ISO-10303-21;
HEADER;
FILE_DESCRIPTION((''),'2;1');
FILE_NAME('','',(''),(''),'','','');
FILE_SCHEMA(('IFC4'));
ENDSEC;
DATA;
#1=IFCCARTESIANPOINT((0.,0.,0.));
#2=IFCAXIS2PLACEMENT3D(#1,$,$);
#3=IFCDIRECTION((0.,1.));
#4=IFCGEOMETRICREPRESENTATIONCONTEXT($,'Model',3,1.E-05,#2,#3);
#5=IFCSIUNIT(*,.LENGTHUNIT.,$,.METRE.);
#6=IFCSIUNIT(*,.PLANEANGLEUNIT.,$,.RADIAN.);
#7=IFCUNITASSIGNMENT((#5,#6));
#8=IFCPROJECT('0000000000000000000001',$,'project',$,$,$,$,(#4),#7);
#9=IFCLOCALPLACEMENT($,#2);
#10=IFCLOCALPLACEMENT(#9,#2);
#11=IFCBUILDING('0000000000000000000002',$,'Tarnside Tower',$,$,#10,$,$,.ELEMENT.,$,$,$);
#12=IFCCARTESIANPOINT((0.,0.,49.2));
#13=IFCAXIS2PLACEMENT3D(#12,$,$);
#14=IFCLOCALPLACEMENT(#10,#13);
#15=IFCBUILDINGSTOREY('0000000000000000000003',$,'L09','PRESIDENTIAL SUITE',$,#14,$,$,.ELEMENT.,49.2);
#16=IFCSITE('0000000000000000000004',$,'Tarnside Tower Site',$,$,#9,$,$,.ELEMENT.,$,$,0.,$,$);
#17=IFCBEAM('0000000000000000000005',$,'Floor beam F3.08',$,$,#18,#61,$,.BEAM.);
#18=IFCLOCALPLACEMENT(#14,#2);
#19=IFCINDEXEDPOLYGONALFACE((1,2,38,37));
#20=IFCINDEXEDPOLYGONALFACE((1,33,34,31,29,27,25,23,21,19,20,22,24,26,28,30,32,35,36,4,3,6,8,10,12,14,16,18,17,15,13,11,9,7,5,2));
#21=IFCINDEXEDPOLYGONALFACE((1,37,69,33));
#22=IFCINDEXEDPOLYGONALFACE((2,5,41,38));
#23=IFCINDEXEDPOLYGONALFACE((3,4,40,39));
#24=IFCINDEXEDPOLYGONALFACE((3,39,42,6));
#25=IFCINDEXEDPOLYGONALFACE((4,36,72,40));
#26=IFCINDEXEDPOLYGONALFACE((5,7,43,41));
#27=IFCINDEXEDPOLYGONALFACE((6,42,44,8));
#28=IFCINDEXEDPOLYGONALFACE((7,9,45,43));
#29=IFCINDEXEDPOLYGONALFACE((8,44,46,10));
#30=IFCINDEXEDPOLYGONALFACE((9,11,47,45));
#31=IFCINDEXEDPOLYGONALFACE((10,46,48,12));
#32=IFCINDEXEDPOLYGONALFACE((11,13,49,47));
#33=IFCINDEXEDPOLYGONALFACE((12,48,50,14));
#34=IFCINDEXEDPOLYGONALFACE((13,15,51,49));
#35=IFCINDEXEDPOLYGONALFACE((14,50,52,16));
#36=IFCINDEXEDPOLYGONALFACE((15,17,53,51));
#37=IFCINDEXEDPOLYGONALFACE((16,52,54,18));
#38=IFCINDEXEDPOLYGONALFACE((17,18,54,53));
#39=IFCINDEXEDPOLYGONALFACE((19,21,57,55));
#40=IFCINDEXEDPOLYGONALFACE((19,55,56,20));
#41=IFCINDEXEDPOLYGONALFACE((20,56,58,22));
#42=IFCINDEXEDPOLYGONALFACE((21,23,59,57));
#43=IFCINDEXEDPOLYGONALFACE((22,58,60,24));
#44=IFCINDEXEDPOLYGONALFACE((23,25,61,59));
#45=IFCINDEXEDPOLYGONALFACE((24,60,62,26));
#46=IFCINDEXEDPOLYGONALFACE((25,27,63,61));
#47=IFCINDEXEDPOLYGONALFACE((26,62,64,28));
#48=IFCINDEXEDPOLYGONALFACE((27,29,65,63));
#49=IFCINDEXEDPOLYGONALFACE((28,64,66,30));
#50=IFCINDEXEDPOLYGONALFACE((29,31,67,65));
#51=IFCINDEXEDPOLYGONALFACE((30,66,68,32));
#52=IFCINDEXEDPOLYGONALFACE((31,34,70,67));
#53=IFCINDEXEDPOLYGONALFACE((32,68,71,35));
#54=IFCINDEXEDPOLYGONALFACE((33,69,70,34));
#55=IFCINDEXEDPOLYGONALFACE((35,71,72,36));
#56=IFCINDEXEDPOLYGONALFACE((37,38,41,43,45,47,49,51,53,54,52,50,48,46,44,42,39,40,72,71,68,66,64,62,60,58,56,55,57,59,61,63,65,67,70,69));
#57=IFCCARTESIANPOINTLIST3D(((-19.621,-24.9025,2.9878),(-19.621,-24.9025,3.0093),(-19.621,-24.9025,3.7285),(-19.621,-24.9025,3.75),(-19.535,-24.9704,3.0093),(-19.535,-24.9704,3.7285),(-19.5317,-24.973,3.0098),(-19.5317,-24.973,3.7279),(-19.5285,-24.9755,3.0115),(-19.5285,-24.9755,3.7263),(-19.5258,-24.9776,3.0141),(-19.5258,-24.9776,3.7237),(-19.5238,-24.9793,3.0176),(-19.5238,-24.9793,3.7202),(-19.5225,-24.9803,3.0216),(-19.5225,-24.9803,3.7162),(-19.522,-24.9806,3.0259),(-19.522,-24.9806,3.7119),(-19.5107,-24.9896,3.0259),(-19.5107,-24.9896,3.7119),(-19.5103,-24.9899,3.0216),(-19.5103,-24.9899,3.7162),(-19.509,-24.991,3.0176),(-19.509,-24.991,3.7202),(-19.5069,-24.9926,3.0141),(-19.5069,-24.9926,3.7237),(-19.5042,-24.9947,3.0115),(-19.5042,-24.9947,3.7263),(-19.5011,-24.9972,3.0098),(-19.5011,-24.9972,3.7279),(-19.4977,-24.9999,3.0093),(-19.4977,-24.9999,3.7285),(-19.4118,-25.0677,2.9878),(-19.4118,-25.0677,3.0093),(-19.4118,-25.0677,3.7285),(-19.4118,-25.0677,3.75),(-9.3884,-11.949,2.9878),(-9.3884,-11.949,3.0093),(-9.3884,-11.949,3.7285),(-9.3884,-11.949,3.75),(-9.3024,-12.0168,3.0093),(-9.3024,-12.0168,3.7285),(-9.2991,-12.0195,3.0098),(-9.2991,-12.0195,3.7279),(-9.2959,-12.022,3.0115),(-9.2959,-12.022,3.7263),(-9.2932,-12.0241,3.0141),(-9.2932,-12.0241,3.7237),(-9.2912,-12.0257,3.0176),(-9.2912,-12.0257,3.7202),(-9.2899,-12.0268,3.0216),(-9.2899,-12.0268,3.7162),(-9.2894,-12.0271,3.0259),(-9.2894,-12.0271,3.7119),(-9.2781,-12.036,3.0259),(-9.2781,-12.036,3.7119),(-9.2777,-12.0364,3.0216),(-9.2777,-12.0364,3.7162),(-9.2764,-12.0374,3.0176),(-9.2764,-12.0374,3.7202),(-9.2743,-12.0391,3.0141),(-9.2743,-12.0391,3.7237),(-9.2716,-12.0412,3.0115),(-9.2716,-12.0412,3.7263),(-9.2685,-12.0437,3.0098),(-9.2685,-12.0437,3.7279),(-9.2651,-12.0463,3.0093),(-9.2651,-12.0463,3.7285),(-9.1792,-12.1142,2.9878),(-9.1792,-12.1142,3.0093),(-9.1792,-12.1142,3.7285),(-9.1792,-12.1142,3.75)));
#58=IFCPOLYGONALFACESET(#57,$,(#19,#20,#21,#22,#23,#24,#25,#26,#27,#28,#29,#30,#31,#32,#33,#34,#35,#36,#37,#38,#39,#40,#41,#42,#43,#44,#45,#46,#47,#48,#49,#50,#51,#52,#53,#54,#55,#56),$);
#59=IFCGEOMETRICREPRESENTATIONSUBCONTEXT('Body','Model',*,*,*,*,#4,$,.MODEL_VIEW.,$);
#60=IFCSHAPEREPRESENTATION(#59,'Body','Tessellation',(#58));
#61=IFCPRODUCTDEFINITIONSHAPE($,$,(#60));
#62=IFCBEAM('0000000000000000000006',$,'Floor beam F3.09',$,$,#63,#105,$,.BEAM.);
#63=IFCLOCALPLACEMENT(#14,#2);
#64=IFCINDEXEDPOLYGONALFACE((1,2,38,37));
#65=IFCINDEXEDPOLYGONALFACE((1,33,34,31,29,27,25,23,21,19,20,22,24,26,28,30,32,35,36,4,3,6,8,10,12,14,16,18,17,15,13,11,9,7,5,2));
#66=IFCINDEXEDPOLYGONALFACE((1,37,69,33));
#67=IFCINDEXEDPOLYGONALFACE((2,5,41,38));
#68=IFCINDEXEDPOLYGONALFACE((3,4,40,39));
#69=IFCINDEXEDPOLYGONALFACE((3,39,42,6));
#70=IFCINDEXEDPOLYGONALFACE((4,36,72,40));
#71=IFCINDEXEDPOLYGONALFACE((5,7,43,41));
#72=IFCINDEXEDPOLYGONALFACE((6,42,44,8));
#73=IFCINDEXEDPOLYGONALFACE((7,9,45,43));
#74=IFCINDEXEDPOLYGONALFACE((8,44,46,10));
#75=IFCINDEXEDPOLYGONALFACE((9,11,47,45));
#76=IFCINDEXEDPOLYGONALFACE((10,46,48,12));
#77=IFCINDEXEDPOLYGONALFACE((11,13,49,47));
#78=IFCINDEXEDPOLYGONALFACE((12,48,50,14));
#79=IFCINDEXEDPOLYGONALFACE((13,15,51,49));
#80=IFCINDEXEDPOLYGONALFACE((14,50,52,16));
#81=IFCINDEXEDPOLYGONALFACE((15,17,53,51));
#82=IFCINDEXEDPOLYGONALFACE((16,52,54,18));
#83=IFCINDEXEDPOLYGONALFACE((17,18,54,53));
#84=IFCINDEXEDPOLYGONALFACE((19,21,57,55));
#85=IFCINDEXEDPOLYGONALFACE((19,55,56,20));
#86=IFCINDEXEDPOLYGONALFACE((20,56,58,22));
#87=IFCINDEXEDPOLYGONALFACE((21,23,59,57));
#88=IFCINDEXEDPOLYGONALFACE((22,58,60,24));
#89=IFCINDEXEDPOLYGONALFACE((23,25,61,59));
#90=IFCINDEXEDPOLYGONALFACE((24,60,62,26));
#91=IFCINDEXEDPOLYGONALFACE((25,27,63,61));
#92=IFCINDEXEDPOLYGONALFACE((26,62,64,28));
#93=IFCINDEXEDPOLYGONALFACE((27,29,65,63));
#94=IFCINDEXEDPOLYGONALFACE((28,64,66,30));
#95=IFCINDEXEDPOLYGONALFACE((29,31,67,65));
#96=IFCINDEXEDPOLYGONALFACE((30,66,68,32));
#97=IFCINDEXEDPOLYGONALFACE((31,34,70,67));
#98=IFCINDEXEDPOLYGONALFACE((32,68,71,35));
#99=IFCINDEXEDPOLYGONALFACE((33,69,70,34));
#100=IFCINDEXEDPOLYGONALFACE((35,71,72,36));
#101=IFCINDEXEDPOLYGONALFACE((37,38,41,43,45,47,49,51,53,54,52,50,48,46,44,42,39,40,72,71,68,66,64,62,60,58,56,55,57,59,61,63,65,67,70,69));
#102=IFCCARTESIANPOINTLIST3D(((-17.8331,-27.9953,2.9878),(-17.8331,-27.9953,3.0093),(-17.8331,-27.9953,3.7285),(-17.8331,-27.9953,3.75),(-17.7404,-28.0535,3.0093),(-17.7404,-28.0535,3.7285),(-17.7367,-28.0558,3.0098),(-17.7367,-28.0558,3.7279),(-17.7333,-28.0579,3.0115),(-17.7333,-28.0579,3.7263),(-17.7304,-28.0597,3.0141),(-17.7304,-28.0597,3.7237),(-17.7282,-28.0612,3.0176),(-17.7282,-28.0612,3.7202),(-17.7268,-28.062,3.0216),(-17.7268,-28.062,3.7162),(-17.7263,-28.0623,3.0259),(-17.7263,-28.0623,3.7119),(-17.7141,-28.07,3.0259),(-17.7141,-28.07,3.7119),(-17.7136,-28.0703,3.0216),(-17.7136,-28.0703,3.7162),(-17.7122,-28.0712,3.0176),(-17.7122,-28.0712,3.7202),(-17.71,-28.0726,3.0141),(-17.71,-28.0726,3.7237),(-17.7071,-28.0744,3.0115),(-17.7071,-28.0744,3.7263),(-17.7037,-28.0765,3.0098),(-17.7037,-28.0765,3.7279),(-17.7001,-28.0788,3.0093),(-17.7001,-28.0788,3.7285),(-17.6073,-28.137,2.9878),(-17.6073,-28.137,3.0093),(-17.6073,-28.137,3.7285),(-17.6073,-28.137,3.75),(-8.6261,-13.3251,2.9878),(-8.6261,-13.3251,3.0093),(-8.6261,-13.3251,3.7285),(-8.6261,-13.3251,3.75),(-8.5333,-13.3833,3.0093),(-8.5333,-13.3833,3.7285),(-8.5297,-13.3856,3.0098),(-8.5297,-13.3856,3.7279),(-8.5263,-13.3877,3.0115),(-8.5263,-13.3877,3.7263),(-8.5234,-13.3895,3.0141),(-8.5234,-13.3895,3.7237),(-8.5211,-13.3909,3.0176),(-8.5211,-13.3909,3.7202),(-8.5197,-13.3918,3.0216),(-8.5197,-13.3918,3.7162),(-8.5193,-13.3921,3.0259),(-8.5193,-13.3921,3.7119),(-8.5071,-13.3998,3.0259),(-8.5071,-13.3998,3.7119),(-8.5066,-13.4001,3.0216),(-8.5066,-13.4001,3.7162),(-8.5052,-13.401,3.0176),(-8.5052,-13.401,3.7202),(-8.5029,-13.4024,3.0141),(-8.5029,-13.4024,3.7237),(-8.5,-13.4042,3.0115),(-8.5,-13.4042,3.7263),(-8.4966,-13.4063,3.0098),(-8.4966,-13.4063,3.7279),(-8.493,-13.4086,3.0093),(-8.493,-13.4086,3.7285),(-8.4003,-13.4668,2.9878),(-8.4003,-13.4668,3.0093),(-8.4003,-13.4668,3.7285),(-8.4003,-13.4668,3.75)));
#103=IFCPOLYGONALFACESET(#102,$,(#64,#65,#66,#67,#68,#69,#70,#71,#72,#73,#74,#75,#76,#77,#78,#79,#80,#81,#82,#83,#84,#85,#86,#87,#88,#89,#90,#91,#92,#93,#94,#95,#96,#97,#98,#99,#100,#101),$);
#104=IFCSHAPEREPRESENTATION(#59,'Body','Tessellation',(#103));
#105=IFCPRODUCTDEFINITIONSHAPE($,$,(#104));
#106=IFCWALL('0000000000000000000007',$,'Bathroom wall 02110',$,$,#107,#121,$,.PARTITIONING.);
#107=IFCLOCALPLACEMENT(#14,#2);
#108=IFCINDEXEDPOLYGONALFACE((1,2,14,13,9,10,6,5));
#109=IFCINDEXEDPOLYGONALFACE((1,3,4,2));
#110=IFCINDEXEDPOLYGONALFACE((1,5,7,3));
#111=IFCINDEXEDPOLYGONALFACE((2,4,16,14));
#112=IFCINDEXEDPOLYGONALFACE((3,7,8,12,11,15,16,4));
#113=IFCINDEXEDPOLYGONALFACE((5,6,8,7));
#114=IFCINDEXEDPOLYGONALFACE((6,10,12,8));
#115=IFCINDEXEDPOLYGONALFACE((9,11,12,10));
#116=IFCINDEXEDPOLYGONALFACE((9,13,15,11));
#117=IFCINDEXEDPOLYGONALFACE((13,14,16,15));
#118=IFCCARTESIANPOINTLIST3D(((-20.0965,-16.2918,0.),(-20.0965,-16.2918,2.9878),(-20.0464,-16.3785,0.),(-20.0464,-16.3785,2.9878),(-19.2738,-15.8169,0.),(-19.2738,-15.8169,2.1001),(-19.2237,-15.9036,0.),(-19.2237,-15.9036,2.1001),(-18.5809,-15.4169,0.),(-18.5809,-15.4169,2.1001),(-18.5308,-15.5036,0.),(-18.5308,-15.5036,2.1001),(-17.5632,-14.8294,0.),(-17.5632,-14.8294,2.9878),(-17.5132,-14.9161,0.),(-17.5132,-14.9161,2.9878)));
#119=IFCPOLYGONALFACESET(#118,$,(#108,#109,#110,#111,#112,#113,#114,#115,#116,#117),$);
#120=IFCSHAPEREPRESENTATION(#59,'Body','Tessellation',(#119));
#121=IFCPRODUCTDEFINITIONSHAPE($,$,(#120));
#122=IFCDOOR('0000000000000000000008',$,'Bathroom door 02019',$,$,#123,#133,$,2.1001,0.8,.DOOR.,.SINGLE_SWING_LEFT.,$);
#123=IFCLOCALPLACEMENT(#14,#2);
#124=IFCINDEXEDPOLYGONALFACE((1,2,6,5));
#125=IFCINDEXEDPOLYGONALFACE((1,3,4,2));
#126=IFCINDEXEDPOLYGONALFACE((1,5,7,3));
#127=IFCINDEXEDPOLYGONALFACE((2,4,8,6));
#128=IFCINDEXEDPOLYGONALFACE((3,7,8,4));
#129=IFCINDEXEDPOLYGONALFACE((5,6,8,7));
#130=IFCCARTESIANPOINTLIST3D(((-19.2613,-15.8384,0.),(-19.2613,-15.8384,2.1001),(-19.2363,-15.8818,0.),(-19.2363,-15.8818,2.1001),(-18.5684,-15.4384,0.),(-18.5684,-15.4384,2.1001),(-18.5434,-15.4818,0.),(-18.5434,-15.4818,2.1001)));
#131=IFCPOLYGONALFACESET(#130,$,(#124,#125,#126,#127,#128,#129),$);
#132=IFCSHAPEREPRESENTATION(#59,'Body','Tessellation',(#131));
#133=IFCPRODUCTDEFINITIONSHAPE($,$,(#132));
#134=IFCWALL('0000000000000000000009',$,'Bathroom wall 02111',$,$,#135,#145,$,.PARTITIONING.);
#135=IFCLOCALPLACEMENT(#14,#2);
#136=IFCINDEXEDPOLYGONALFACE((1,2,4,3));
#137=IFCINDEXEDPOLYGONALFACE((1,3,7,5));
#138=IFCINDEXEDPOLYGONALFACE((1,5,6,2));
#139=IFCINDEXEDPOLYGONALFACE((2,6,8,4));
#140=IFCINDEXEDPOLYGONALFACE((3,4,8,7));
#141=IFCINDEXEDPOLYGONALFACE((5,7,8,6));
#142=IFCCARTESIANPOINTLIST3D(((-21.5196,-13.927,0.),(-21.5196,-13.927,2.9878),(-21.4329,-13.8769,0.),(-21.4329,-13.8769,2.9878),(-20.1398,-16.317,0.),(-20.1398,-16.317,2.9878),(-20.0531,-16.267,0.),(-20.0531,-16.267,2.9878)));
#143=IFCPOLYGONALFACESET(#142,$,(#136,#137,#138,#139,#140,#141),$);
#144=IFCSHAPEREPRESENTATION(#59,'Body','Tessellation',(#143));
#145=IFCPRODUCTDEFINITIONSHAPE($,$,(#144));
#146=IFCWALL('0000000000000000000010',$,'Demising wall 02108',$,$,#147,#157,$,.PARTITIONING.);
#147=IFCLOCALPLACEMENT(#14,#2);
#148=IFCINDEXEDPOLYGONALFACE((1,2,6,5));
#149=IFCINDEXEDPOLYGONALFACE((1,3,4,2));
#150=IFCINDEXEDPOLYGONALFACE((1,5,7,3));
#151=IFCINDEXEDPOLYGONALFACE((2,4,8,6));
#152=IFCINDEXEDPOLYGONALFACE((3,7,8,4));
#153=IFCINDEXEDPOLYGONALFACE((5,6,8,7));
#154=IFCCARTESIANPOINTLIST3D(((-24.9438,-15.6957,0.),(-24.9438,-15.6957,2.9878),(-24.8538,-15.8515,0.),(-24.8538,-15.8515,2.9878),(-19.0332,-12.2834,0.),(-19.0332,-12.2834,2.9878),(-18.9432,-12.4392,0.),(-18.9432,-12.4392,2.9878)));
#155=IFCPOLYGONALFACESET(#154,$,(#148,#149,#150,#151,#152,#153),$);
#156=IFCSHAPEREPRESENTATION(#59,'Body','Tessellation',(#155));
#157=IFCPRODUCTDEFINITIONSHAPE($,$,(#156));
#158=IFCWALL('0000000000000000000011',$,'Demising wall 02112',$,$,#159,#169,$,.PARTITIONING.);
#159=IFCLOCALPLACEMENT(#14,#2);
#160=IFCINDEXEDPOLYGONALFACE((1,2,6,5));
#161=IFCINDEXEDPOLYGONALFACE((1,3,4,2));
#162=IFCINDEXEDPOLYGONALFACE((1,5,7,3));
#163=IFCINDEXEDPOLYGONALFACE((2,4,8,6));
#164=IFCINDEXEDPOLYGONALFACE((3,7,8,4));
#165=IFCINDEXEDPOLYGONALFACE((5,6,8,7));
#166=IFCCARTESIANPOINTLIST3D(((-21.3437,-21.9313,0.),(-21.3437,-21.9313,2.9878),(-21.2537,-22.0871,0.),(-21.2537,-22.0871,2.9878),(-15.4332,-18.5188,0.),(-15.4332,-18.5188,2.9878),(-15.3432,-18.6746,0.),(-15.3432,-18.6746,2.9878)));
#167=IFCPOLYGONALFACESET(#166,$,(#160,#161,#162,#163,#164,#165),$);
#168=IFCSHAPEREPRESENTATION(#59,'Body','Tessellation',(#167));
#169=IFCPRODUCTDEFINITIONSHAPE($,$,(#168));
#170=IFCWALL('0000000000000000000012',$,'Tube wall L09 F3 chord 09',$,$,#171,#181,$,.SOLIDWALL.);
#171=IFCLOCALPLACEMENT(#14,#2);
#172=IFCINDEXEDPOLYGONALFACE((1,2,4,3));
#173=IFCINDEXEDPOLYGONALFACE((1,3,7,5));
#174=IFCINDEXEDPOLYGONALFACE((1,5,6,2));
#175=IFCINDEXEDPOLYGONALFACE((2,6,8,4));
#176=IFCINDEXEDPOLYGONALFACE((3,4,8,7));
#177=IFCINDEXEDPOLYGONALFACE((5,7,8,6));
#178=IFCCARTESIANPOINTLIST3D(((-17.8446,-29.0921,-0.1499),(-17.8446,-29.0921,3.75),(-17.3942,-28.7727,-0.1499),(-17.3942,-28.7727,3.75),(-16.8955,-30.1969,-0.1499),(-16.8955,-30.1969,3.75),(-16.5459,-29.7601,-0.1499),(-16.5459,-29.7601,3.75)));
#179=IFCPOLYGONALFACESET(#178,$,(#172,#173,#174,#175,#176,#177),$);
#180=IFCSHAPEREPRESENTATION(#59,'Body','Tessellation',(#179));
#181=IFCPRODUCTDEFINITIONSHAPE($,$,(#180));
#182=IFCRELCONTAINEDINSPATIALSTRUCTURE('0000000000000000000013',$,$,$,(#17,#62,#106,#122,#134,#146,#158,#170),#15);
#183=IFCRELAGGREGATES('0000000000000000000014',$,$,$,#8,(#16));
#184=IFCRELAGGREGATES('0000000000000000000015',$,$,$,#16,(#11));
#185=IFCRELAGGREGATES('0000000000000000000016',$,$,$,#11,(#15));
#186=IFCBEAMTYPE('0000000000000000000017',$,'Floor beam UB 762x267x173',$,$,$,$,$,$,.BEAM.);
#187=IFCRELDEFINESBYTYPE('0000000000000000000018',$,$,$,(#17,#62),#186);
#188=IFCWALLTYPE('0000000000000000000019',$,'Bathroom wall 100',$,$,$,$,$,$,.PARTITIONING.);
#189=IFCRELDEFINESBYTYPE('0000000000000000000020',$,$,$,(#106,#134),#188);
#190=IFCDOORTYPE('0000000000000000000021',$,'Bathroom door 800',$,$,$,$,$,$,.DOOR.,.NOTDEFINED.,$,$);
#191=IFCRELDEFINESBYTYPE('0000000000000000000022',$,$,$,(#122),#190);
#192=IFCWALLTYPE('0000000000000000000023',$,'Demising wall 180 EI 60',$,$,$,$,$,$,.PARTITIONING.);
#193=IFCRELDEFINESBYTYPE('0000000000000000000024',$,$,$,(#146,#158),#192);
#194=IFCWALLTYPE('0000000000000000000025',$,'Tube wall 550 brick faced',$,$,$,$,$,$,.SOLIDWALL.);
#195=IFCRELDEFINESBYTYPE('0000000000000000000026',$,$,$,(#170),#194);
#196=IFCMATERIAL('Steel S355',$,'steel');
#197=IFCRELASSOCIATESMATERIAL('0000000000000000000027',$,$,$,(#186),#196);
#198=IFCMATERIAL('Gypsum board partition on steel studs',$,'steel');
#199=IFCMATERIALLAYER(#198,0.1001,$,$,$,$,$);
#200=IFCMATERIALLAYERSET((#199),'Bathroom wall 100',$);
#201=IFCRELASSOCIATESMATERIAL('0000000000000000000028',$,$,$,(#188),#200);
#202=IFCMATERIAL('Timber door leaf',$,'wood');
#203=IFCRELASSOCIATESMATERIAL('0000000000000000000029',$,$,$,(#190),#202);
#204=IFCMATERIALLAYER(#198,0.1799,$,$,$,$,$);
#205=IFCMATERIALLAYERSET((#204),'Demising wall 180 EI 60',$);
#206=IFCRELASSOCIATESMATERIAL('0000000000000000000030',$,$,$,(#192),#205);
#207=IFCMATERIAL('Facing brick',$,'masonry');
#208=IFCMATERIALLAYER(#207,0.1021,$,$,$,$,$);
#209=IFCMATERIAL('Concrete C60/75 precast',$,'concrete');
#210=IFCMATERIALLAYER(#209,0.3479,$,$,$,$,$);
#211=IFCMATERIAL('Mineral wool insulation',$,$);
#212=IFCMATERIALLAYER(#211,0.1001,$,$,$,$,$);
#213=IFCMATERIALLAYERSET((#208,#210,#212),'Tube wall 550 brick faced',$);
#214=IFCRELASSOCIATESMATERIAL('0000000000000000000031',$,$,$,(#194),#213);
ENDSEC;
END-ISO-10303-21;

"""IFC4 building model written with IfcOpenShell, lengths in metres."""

from ifc_helpers import new_model, si_unit, direction, frame, frame_2d, origin, origin_2d, place, context, subcontext, project, spatial, polyline, rectangle, i_section, outline, extrude, material, layer, layer_set, material_profile, profile_set, type_object, element, fill, save


model = new_model("IFC4")

# Units and contexts
model_context = context("Model", 3, precision=1e-05, world=origin(), true_north=direction((0.0, 1.0)))
body_context = subcontext(model_context, "Body", "Model", "MODEL_VIEW")
ifc_project = project(units=[si_unit("LENGTHUNIT", "METRE"), si_unit("PLANEANGLEUNIT", "RADIAN")], contexts=[model_context])

# Site, building, storey
site_placement = place(None, origin())
site = spatial("IfcSite", under=ifc_project, at=site_placement, Name="Tarnside Tower Site", CompositionType="ELEMENT", RefElevation=0.0)
building_placement = place(site_placement, origin())
building = spatial("IfcBuilding", under=site, at=building_placement, Name="Tarnside Tower", CompositionType="ELEMENT")
storey_placement = place(building_placement, frame((0.0, 0.0, 49.2)))
storey = spatial("IfcBuildingStorey", under=building, at=storey_placement, Name="L09", Description="PRESIDENTIAL SUITE", CompositionType="ELEMENT", Elevation=49.2)

# Beams
ifc_material_1 = material(Name="Steel S355", Category="steel")
ifc_material_profile_1 = material_profile(ifc_material_1, i_section(OverallWidth=0.2666, OverallDepth=0.7622, WebThickness=0.0144, FlangeThickness=0.0215, FilletRadius=0.0166, at=origin_2d()), Name="UB 762x267x173")
ifc_profile_set_1 = profile_set([ifc_material_profile_1], Name="Steel S355")
beam_type_1 = type_object("IfcBeamType", Name="Floor beam UB 762x267x173", PredefinedType="BEAM", material=ifc_profile_set_1)
beam_1_placement = place(storey_placement, frame((-19.5164, -24.9851, 3.3689), z_axis=(0.619873, 0.784702, 0.0), x_axis=(-0.784702, 0.619873, 0.0)))
element("IfcBeam", 1, at=beam_1_placement, inside=storey, type_object=beam_type_1, Name="Floor beam F3.08", PredefinedType="BEAM", context=body_context, shape_type="SweptSolid", body=[
    extrude(i_section(OverallWidth=0.2666, OverallDepth=0.7622, WebThickness=0.0144, FlangeThickness=0.0215, FilletRadius=0.0166, at=origin_2d()), origin(), (0.0, 0.0, 1.0), 16.5076),
])
beam_2_placement = place(storey_placement, frame((-17.7202, -28.0662, 3.3689), z_axis=(0.531583, 0.847006, 0.0), x_axis=(-0.847006, 0.531583, 0.0)))
element("IfcBeam", 2, at=beam_2_placement, inside=storey, type_object=beam_type_1, Name="Floor beam F3.09", PredefinedType="BEAM", context=body_context, shape_type="SweptSolid", body=[
    extrude(i_section(OverallWidth=0.2666, OverallDepth=0.7622, WebThickness=0.0144, FlangeThickness=0.0215, FilletRadius=0.0166, at=origin_2d()), origin(), (0.0, 0.0, 1.0), 17.3201),
])

# Wall, opening, door
ifc_material_2 = material(Name="Gypsum board partition on steel studs", Category="steel")
ifc_layer_1 = layer(ifc_material_2, 0.1001)
ifc_layer_set_1 = layer_set([ifc_layer_1], Name="Bathroom wall 100")
wall_type_1 = type_object("IfcWallType", Name="Bathroom wall 100", PredefinedType="PARTITIONING", material=ifc_layer_set_1)
wall_1_placement = place(storey_placement, frame((-17.5383, -14.8728, 0.0), z_axis=(0.0, 0.0, 1.0), x_axis=(-0.866047, -0.499963, 0.0)))
wall_1 = element("IfcWall", 3, at=wall_1_placement, inside=storey, type_object=wall_type_1, Name="Bathroom wall 02110", PredefinedType="PARTITIONING", context=body_context, shape_type="SweptSolid", body=[
    extrude(rectangle(XDim=2.925, YDim=0.1001, at=frame_2d((1.4624, 0.0))), origin(), (0.0, 0.0, 1.0), 2.9878),
])
opening_placement = place(wall_1_placement, frame((1.175, 0.0, 0.0)))
opening = element("IfcOpeningElement", 4, at=opening_placement, cuts=wall_1, PredefinedType="OPENING", context=body_context, shape_type="SweptSolid", body=[
    extrude(rectangle(XDim=0.8, YDim=2.1001, at=frame_2d((0.3999, 1.05))), frame((0.0, 0.0601, 0.0), z_axis=(0.0, -1.0, 0.0), x_axis=(1.0, 0.0, 0.0)), (0.0, 0.0, 1.0), 0.1201),
])
ifc_material_3 = material(Name="Timber door leaf", Category="wood")
door_type = type_object("IfcDoorType", Name="Bathroom door 800", OperationType="NOTDEFINED", PredefinedType="DOOR", material=ifc_material_3)
door_placement = place(opening_placement, origin())
door = element("IfcDoor", 5, at=door_placement, inside=storey, type_object=door_type, Name="Bathroom door 02019", OperationType="SINGLE_SWING_LEFT", OverallHeight=2.1001, OverallWidth=0.8, PredefinedType="DOOR", context=body_context, shape_type="SweptSolid", body=[
    extrude(rectangle(XDim=0.8, YDim=2.1001, at=frame_2d((0.3999, 1.05))), frame((0.0, 0.0249, 0.0), z_axis=(0.0, -1.0, 0.0), x_axis=(1.0, 0.0, 0.0)), (0.0, 0.0, 1.0), 0.05),
])
fill(opening, door)

# Walls
wall_2_placement = place(storey_placement, frame((-20.0964, -16.292, 0.0), z_axis=(0.0, 0.0, 1.0), x_axis=(-0.499983, 0.866035, 0.0)))
element("IfcWall", 6, at=wall_2_placement, inside=storey, type_object=wall_type_1, Name="Bathroom wall 02111", PredefinedType="PARTITIONING", context=body_context, shape_type="SweptSolid", body=[
    extrude(rectangle(XDim=2.7598, YDim=0.1001, at=frame_2d((1.3799, 0.0))), origin(), (0.0, 0.0, 1.0), 2.9878),
])
ifc_layer_2 = layer(ifc_material_2, 0.1799)
ifc_layer_set_2 = layer_set([ifc_layer_2], Name="Demising wall 180 EI 60")
wall_type_2 = type_object("IfcWallType", Name="Demising wall 180 EI 60", PredefinedType="PARTITIONING", material=ifc_layer_set_2)
for number, where, z_axis, x_axis, name in (
    (7, (-24.8989, -15.7737, 0.0), (0.0, 0.0, 1.0), (0.866035, 0.499983, 0.0), "Demising wall 02108"),
    (8, (-21.2988, -22.0093, 0.0), (0.0, 0.0, 1.0), (0.86602, 0.500009, 0.0), "Demising wall 02112"),
):
    element("IfcWall", number, at=place(storey_placement, frame(where, z_axis=z_axis, x_axis=x_axis)), inside=storey, type_object=wall_type_2, Name=name, PredefinedType="PARTITIONING", context=body_context, shape_type="SweptSolid", body=[
        extrude(rectangle(XDim=6.825, YDim=0.1799, at=frame_2d((3.4126, 0.0))), origin(), (0.0, 0.0, 1.0), 2.9878),
    ])
ifc_material_4 = material(Name="Facing brick", Category="masonry")
ifc_layer_3 = layer(ifc_material_4, 0.1021)
ifc_material_5 = material(Name="Concrete C60/75 precast", Category="concrete")
ifc_layer_4 = layer(ifc_material_5, 0.3479)
ifc_material_6 = material(Name="Mineral wool insulation")
ifc_layer_5 = layer(ifc_material_6, 0.1001)
ifc_layer_set_3 = layer_set([ifc_layer_3, ifc_layer_4, ifc_layer_5], Name="Tube wall 550 brick faced")
wall_type_3 = type_object("IfcWallType", Name="Tube wall 550 brick faced", PredefinedType="SOLIDWALL", material=ifc_layer_set_3)
wall_3_placement = place(storey_placement, frame((-17.6194, -28.9324, -0.1499), z_axis=(0.0, 0.0, 1.0), x_axis=(0.651622, -0.758544, 0.0)))
element("IfcWall", 9, at=wall_3_placement, inside=storey, type_object=wall_type_3, Name="Tube wall L09 F3 chord 09", PredefinedType="SOLIDWALL", context=body_context, shape_type="SweptSolid", body=[
    extrude(outline(polyline([(-0.0256, -0.2749), (1.4309, -0.2749), (1.3274, 0.2749), (0.0256, 0.2749), (-0.0256, -0.2749)])), origin(), (0.0, 0.0, 1.0), 3.8999),
])

save(model, "model.ifc")
